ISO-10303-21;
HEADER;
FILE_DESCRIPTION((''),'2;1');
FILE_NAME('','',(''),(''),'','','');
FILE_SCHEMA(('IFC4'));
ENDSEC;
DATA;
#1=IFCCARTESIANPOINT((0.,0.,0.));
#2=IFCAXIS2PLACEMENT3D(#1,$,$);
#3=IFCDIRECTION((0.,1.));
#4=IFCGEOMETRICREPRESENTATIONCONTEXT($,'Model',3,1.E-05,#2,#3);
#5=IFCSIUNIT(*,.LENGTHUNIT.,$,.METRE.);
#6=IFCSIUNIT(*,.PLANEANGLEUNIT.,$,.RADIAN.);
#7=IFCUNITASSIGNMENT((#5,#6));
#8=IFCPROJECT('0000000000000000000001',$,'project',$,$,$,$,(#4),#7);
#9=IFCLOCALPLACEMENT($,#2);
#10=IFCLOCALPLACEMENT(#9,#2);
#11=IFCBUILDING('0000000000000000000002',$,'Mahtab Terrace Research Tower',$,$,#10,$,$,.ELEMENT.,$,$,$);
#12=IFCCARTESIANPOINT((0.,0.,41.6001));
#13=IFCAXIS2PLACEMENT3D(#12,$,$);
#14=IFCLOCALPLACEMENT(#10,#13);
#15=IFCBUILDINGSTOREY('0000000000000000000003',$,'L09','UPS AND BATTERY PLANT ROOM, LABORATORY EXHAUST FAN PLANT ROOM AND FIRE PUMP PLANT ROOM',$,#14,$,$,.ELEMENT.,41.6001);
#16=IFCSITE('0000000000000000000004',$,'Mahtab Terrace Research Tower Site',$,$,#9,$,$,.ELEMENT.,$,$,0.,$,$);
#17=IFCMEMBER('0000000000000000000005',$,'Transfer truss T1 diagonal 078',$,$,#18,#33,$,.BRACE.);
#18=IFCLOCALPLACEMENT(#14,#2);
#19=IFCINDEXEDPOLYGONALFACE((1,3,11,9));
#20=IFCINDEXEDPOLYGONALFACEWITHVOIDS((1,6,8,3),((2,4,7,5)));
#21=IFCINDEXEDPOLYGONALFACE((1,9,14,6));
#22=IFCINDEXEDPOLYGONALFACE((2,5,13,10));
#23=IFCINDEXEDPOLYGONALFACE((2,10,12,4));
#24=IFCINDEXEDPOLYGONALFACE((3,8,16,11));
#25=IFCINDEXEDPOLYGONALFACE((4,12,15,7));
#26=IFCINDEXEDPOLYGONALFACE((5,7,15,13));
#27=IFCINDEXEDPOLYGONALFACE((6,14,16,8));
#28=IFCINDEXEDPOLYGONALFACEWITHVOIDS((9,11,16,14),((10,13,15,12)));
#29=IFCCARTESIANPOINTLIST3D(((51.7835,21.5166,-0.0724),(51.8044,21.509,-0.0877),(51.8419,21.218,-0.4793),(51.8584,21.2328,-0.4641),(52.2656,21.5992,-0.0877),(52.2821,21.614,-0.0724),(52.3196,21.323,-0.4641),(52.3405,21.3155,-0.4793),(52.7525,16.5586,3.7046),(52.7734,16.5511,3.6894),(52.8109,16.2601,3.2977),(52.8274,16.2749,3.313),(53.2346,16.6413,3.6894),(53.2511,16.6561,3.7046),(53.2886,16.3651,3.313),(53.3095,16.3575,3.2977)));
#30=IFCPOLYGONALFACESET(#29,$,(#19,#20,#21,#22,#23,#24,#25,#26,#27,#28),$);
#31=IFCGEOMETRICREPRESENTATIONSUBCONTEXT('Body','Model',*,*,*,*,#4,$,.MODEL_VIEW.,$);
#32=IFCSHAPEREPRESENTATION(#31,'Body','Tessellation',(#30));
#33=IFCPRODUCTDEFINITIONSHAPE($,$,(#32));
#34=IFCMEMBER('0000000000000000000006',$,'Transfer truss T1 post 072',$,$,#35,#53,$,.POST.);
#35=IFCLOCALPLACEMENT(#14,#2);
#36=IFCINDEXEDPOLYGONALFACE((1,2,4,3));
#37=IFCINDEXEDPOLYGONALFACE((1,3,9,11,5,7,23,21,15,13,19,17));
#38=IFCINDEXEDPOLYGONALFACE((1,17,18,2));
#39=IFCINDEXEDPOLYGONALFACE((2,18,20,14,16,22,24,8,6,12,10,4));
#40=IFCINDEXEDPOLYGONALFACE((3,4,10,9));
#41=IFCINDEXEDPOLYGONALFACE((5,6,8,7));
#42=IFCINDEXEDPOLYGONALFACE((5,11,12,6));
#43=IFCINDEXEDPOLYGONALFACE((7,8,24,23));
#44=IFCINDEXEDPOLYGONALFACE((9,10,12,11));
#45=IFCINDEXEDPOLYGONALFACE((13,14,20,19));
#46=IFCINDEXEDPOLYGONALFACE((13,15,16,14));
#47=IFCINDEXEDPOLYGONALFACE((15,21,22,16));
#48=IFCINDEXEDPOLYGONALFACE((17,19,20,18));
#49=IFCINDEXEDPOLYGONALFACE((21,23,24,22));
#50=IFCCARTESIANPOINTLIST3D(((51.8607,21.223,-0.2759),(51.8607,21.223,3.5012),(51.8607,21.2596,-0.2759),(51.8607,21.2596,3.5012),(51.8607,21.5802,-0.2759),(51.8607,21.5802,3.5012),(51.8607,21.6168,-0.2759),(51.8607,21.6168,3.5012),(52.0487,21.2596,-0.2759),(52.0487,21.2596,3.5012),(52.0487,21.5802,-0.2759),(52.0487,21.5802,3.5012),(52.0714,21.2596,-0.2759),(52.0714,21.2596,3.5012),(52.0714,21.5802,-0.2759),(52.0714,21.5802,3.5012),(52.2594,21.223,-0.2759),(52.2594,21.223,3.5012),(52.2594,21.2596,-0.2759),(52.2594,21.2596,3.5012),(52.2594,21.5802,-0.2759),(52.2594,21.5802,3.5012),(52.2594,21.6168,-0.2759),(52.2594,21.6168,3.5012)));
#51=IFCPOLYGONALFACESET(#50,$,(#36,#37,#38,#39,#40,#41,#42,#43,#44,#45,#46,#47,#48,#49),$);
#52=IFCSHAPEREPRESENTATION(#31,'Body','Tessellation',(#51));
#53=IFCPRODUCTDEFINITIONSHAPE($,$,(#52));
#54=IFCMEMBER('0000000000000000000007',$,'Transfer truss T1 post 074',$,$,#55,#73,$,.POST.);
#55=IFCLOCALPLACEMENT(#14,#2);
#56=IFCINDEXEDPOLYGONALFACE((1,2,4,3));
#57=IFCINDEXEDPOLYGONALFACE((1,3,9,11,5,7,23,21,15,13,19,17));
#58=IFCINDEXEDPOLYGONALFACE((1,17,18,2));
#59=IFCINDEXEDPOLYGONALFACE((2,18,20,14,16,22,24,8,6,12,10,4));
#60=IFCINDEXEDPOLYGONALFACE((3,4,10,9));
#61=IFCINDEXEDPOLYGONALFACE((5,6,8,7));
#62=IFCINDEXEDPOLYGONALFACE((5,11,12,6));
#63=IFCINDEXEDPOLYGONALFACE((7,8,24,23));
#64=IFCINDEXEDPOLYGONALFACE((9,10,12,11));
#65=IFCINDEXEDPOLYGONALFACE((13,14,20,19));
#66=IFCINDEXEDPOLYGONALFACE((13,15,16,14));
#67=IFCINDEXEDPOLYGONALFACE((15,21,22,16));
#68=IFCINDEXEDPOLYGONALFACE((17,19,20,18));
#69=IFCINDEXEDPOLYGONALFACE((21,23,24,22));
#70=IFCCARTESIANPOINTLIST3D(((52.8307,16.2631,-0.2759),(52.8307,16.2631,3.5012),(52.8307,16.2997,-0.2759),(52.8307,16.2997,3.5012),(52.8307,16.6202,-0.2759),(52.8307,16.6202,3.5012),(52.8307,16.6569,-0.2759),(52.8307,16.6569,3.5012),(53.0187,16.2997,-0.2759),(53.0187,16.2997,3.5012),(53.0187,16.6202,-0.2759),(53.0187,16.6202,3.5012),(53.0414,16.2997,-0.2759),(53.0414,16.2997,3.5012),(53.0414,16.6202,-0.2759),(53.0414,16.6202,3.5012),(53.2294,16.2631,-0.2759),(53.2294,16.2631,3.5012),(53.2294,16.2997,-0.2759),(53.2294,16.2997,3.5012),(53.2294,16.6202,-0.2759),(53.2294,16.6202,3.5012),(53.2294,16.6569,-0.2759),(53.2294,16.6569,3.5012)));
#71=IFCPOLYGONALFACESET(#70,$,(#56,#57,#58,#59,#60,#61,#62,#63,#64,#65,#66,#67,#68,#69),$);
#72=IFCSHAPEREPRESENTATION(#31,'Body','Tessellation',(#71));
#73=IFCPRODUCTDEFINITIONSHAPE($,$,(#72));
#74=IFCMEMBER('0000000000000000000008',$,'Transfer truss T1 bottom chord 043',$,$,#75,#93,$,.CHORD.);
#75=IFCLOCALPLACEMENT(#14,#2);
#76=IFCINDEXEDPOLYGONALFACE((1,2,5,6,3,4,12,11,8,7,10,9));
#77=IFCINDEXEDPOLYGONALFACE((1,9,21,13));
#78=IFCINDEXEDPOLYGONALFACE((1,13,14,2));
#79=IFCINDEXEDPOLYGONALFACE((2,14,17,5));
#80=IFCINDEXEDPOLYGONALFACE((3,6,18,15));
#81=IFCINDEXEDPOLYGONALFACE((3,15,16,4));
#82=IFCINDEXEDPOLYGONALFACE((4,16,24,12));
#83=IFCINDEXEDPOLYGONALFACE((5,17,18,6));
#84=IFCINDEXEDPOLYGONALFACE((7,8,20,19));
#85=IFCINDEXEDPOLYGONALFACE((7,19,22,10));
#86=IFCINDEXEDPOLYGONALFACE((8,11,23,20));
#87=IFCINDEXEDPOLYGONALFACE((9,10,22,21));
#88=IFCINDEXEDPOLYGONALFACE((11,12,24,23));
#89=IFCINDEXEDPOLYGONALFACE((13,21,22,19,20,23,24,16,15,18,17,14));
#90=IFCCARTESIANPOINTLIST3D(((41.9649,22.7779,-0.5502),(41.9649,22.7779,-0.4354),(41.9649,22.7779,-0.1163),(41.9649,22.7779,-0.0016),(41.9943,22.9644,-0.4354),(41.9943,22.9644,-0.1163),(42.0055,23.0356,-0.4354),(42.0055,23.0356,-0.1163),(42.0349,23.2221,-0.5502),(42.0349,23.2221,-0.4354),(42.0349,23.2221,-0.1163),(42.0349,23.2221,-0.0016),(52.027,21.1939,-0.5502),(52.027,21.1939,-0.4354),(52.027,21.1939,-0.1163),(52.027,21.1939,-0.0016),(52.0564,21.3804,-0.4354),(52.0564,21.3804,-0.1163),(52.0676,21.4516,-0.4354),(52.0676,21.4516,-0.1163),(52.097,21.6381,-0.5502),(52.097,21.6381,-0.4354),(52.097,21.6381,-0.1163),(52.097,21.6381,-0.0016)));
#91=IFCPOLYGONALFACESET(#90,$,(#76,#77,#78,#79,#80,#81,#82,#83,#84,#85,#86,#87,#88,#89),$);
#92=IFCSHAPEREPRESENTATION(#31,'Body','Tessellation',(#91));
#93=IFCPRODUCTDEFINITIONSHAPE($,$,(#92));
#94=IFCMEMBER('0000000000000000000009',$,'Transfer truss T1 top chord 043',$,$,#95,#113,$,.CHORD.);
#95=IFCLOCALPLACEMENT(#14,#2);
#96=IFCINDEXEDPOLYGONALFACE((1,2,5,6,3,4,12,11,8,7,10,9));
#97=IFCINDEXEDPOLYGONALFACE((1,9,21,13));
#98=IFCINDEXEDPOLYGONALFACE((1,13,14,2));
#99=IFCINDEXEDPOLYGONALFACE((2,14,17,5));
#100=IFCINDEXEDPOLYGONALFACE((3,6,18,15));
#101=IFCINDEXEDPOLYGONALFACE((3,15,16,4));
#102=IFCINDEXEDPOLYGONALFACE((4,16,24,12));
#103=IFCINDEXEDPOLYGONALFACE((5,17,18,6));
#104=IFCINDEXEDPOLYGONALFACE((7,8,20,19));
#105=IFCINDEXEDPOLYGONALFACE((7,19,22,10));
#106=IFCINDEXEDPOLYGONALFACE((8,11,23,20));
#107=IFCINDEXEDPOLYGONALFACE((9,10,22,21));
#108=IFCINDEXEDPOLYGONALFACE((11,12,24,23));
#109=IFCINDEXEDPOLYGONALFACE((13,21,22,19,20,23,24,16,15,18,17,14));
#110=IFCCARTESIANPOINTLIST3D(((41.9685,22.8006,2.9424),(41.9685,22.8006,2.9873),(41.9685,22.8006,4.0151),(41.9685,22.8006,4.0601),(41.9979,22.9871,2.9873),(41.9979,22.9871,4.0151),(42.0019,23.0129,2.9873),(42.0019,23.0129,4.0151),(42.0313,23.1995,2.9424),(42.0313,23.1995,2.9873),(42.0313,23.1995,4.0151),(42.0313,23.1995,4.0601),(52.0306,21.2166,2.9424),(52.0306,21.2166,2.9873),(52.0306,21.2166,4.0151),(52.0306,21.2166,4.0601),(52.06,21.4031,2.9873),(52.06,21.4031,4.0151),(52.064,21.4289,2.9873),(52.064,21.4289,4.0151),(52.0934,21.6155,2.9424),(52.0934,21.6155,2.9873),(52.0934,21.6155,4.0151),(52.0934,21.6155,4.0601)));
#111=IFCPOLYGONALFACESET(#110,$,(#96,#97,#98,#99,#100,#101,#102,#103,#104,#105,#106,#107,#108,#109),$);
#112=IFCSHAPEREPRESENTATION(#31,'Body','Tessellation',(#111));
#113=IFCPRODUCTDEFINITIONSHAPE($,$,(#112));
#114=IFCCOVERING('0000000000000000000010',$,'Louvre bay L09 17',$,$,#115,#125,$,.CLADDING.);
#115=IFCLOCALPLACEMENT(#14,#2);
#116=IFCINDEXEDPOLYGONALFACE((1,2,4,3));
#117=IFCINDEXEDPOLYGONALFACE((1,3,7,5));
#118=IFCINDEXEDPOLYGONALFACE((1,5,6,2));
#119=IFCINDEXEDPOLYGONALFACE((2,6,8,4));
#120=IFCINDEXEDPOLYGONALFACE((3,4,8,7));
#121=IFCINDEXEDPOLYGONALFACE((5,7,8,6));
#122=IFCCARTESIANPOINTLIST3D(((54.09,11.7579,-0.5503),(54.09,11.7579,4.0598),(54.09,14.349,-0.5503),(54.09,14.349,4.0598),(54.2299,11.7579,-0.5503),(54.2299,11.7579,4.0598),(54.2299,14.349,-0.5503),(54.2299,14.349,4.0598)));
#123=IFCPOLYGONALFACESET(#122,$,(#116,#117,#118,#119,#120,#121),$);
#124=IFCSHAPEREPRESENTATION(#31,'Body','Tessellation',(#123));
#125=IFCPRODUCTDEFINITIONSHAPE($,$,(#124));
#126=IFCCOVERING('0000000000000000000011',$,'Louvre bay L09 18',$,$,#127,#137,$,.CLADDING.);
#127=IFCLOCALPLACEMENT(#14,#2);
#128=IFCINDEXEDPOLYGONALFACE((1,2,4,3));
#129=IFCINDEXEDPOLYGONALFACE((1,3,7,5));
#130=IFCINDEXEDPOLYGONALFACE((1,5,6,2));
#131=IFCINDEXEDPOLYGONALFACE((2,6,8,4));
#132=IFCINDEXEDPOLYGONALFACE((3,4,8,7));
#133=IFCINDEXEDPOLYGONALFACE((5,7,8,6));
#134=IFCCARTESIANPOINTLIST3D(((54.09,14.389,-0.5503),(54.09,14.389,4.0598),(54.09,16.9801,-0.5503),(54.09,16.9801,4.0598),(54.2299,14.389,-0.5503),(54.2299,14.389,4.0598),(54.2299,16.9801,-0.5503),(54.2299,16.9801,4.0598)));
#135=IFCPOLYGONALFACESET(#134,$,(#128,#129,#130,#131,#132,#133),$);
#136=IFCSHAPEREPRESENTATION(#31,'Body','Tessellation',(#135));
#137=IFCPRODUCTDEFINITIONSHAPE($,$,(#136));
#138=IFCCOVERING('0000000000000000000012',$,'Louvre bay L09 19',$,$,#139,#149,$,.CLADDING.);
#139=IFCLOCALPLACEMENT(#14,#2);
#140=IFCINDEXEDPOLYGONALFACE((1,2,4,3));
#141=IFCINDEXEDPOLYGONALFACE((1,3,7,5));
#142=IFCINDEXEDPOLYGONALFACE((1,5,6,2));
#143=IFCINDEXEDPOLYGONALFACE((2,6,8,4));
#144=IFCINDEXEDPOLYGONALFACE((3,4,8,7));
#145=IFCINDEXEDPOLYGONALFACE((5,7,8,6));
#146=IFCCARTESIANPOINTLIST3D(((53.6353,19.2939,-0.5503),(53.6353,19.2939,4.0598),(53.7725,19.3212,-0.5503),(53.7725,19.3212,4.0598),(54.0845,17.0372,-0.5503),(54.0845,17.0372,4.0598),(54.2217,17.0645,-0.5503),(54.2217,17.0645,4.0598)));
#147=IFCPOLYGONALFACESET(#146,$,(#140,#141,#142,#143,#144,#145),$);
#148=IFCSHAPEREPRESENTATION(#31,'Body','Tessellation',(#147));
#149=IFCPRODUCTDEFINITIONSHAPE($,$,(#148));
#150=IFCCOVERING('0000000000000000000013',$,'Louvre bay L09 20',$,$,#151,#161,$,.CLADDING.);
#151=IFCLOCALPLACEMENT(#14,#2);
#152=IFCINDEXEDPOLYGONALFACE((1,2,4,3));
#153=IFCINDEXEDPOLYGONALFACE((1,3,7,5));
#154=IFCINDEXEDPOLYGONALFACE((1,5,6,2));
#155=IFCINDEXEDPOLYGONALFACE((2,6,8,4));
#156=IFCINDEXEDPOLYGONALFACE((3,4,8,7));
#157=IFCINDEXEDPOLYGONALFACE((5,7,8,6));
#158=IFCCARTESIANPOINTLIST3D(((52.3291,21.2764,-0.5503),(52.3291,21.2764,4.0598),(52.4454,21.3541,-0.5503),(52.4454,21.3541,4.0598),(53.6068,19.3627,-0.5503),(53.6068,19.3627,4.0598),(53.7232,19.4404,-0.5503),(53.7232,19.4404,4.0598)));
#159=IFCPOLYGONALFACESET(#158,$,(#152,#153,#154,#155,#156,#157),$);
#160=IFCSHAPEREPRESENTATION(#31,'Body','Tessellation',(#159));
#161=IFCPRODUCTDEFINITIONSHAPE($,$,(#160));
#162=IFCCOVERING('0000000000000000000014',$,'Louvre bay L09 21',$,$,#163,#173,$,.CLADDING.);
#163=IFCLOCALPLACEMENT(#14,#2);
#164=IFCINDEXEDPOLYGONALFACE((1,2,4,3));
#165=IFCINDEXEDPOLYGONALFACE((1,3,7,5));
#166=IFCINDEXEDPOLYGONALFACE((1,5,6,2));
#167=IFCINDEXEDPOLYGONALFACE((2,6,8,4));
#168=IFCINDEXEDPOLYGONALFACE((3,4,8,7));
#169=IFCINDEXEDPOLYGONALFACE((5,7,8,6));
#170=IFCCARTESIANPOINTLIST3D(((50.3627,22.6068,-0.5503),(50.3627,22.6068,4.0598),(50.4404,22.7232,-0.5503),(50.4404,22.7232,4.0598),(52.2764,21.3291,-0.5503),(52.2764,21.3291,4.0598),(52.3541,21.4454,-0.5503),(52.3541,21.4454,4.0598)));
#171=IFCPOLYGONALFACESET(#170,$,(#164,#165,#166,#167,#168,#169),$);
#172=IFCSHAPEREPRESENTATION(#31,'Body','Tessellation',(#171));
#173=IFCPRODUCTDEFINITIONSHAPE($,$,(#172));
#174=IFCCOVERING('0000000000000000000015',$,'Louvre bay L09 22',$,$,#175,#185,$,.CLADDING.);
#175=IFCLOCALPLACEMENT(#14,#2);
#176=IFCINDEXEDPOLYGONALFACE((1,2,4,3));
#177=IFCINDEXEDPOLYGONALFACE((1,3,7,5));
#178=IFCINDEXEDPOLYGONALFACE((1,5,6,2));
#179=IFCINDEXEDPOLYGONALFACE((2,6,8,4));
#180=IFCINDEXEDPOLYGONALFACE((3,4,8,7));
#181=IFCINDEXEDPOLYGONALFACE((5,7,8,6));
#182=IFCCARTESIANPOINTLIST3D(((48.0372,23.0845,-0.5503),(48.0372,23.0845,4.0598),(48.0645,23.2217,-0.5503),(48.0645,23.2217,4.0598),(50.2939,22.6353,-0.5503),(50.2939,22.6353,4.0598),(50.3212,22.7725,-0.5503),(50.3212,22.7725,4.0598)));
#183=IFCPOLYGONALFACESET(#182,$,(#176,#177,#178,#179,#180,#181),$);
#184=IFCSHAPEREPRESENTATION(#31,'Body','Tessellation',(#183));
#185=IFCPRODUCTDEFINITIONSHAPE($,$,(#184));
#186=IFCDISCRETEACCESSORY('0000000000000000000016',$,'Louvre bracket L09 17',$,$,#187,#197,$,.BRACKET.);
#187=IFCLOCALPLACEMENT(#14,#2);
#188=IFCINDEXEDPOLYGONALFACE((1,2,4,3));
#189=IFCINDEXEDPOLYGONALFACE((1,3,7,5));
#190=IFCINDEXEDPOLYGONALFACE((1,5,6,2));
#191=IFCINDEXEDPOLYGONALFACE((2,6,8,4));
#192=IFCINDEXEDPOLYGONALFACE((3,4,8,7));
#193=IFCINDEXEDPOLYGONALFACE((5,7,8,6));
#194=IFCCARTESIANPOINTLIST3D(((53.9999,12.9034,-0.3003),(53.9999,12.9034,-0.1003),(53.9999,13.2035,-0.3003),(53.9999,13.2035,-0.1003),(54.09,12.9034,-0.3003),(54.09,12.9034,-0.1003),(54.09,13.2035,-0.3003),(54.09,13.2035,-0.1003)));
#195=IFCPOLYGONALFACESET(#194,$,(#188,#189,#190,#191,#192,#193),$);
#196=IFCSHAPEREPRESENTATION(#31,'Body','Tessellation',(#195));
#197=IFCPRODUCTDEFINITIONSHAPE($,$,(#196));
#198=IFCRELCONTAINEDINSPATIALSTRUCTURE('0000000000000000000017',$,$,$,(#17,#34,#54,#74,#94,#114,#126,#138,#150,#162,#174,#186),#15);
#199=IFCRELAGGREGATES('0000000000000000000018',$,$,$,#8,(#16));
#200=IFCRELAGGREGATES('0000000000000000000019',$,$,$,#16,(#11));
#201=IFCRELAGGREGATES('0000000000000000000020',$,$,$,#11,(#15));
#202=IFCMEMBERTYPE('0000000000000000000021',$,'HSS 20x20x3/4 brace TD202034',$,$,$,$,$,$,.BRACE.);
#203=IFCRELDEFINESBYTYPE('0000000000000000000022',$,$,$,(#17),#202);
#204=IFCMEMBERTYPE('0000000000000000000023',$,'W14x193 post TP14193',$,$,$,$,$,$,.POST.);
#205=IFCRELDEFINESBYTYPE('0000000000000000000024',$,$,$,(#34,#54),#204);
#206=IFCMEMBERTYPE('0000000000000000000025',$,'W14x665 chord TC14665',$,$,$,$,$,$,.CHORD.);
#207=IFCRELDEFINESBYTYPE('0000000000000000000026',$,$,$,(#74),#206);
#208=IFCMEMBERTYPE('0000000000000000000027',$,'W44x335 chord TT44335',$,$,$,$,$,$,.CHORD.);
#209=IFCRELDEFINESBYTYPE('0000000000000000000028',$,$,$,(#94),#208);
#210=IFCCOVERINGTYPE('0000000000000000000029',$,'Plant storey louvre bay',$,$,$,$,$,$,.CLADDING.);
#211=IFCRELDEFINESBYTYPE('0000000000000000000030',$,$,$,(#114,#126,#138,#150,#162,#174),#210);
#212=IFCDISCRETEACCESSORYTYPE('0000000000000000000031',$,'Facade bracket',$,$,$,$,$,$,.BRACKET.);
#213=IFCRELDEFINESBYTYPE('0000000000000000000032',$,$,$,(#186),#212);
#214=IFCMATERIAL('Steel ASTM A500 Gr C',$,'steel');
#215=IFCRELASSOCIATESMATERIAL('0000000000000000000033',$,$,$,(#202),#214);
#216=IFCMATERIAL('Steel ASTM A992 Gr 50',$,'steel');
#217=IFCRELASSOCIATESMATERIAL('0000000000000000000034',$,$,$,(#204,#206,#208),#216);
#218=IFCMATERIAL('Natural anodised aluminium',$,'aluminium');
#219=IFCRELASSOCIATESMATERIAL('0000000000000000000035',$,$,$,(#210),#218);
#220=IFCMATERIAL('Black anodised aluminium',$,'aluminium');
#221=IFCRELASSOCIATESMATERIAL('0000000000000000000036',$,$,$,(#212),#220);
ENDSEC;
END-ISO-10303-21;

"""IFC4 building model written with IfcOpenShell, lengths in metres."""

from ifc_helpers import new_model, si_unit, direction, frame, origin, origin_2d, place, context, subcontext, project, spatial, rectangle, hollow_rectangle, i_section, extrude, material, material_profile, profile_set, type_object, element, save


model = new_model("IFC4")

# Units and contexts
model_context = context("Model", 3, precision=1e-05, world=origin(), true_north=direction((0.0, 1.0)))
body_context = subcontext(model_context, "Body", "Model", "MODEL_VIEW")
ifc_project = project(units=[si_unit("LENGTHUNIT", "METRE"), si_unit("PLANEANGLEUNIT", "RADIAN")], contexts=[model_context])

# Site, building, storey
site_placement = place(None, origin())
site = spatial("IfcSite", under=ifc_project, at=site_placement, Name="Mahtab Terrace Research Tower Site", CompositionType="ELEMENT", RefElevation=0.0)
building_placement = place(site_placement, origin())
building = spatial("IfcBuilding", under=site, at=building_placement, Name="Mahtab Terrace Research Tower", CompositionType="ELEMENT")
storey_placement = place(building_placement, frame((0.0, 0.0, 41.6001)))
storey = spatial("IfcBuildingStorey", under=building, at=storey_placement, Name="L09", Description="UPS AND BATTERY PLANT ROOM, LABORATORY EXHAUST FAN PLANT ROOM AND FIRE PUMP PLANT ROOM", CompositionType="ELEMENT", Elevation=41.6001)

# Members
ifc_material_1 = material(Name="Steel ASTM A500 Gr C", Category="steel")
ifc_material_profile_1 = material_profile(ifc_material_1, hollow_rectangle(XDim=0.5081, YDim=0.5081, WallThickness=0.019, at=origin_2d()), Name="HSS20X20X3/4")
ifc_profile_set_1 = profile_set([ifc_material_profile_1], Name="Steel ASTM A500 Gr C")
member_type_1 = type_object("IfcMemberType", Name="HSS 20x20x3/4 brace TD202034", PredefinedType="BRACE", material=ifc_profile_set_1)
member_1_placement = place(storey_placement, frame((52.062, 21.416, -0.2759), z_axis=(0.15362, -0.786023, 0.598806), x_axis=(0.981432, 0.191811, 0.0)))
element("IfcMember", 1, at=member_1_placement, inside=storey, type_object=member_type_1, Name="Transfer truss T1 diagonal 078", PredefinedType="BRACE", context=body_context, shape_type="SweptSolid", body=[
    extrude(hollow_rectangle(XDim=0.5081, YDim=0.5081, WallThickness=0.019, at=origin_2d()), origin(), (0.0, 0.0, 1.0), 6.3076),
])
ifc_material_2 = material(Name="Steel ASTM A992 Gr 50", Category="steel")
ifc_material_profile_2 = material_profile(ifc_material_2, i_section(OverallWidth=0.3987, OverallDepth=0.3938, WebThickness=0.0227, FlangeThickness=0.0366, at=origin_2d()), Name="W14X193")
ifc_profile_set_2 = profile_set([ifc_material_profile_2], Name="Steel ASTM A992 Gr 50")
member_type_2 = type_object("IfcMemberType", Name="W14x193 post TP14193", PredefinedType="POST", material=ifc_profile_set_2)
for number, where, z_axis, x_axis, name in (
    (2, (52.0601, 21.4199, -0.2759), (0.0, 0.0, 1.0), (1.0, 0.0, 0.0), "Transfer truss T1 post 072"),
    (3, (53.03, 16.46, -0.2759), (0.0, 0.0, 1.0), (1.0, 0.0, 0.0), "Transfer truss T1 post 074"),
):
    element("IfcMember", number, at=place(storey_placement, frame(where, z_axis=z_axis, x_axis=x_axis)), inside=storey, type_object=member_type_2, Name=name, PredefinedType="POST", context=body_context, shape_type="SweptSolid", body=[
        extrude(i_section(OverallWidth=0.3987, OverallDepth=0.3938, WebThickness=0.0227, FlangeThickness=0.0366, at=origin_2d()), origin(), (0.0, 0.0, 1.0), 3.7771),
    ])
ifc_material_profile_3 = material_profile(ifc_material_2, i_section(OverallWidth=0.4497, OverallDepth=0.5486, WebThickness=0.072, FlangeThickness=0.1147, at=origin_2d()), Name="W14X665")
ifc_profile_set_3 = profile_set([ifc_material_profile_3], Name="Steel ASTM A992 Gr 50")
member_type_3 = type_object("IfcMemberType", Name="W14x665 chord TC14665", PredefinedType="CHORD", material=ifc_profile_set_3)
member_2_placement = place(storey_placement, frame((52.062, 21.416, -0.2759), z_axis=(-0.987835, 0.155507, 0.0), x_axis=(-0.155507, -0.987835, 0.0)))
element("IfcMember", 4, at=member_2_placement, inside=storey, type_object=member_type_3, Name="Transfer truss T1 bottom chord 043", PredefinedType="CHORD", context=body_context, shape_type="SweptSolid", body=[
    extrude(i_section(OverallWidth=0.4497, OverallDepth=0.5486, WebThickness=0.072, FlangeThickness=0.1147, at=origin_2d()), origin(), (0.0, 0.0, 1.0), 10.186),
])
ifc_material_profile_4 = material_profile(ifc_material_2, i_section(OverallWidth=0.4038, OverallDepth=1.1177, WebThickness=0.0261, FlangeThickness=0.0449, at=origin_2d()), Name="W44X335")
ifc_profile_set_4 = profile_set([ifc_material_profile_4], Name="Steel ASTM A992 Gr 50")
member_type_4 = type_object("IfcMemberType", Name="W44x335 chord TT44335", PredefinedType="CHORD", material=ifc_profile_set_4)
member_3_placement = place(storey_placement, frame((52.062, 21.416, 3.5012), z_axis=(-0.987835, 0.155507, 0.0), x_axis=(-0.155507, -0.987835, 0.0)))
element("IfcMember", 5, at=member_3_placement, inside=storey, type_object=member_type_4, Name="Transfer truss T1 top chord 043", PredefinedType="CHORD", context=body_context, shape_type="SweptSolid", body=[
    extrude(i_section(OverallWidth=0.4038, OverallDepth=1.1177, WebThickness=0.0261, FlangeThickness=0.0449, at=origin_2d()), origin(), (0.0, 0.0, 1.0), 10.186),
])

# Coverings
ifc_material_3 = material(Name="Natural anodised aluminium", Category="aluminium")
covering_type = type_object("IfcCoveringType", Name="Plant storey louvre bay", PredefinedType="CLADDING", material=ifc_material_3)
for number, where, z_axis, x_axis, name in (
    (6, (54.1599, 13.0535, -0.5503), (0.0, 0.0, 1.0), (0.0, 1.0, 0.0), "Louvre bay L09 17"),
    (7, (54.1599, 15.6846, -0.5503), (0.0, 0.0, 1.0), (0.0, 1.0, 0.0), "Louvre bay L09 18"),
):
    element("IfcCovering", number, at=place(storey_placement, frame(where, z_axis=z_axis, x_axis=x_axis)), inside=storey, type_object=covering_type, Name=name, PredefinedType="CLADDING", context=body_context, shape_type="SweptSolid", body=[
        extrude(rectangle(XDim=2.5911, YDim=0.1399, at=origin_2d()), origin(), (0.0, 0.0, 1.0), 4.6101),
    ])
for number, where, z_axis, x_axis, name in (
    (8, (53.9285, 18.1792, -0.5503), (0.0, 0.0, 1.0), (-0.195212, 0.980761, 0.0), "Louvre bay L09 19"),
    (9, (53.0261, 20.3584, -0.5503), (0.0, 0.0, 1.0), (-0.555291, 0.831656, 0.0), "Louvre bay L09 20"),
    (10, (51.3584, 22.0261, -0.5503), (0.0, 0.0, 1.0), (-0.831656, 0.555291, 0.0), "Louvre bay L09 21"),
    (11, (49.1792, 22.9285, -0.5503), (0.0, 0.0, 1.0), (-0.980761, 0.195212, 0.0), "Louvre bay L09 22"),
):
    element("IfcCovering", number, at=place(storey_placement, frame(where, z_axis=z_axis, x_axis=x_axis)), inside=storey, type_object=covering_type, Name=name, PredefinedType="CLADDING", context=body_context, shape_type="SweptSolid", body=[
        extrude(rectangle(XDim=2.301, YDim=0.1399, at=origin_2d()), origin(), (0.0, 0.0, 1.0), 4.6101),
    ])

# Discrete accessory
ifc_material_4 = material(Name="Black anodised aluminium", Category="aluminium")
discrete_accessory_type_1 = type_object("IfcDiscreteAccessoryType", Name="Facade bracket", PredefinedType="BRACKET", material=ifc_material_4)
for number, where, z_axis, x_axis, name in (
    (12, (54.0449, 13.0535, -0.3003), (0.0, 0.0, 1.0), (0.0, 1.0, 0.0), "Louvre bracket L09 17"),
):
    element("IfcDiscreteAccessory", number, at=place(storey_placement, frame(where, z_axis=z_axis, x_axis=x_axis)), inside=storey, type_object=discrete_accessory_type_1, Name=name, PredefinedType="BRACKET", context=body_context, shape_type="SweptSolid", body=[
        extrude(rectangle(XDim=0.3, YDim=0.0901, at=origin_2d()), origin(), (0.0, 0.0, 1.0), 0.2),
    ])

save(model, "model.ifc")
